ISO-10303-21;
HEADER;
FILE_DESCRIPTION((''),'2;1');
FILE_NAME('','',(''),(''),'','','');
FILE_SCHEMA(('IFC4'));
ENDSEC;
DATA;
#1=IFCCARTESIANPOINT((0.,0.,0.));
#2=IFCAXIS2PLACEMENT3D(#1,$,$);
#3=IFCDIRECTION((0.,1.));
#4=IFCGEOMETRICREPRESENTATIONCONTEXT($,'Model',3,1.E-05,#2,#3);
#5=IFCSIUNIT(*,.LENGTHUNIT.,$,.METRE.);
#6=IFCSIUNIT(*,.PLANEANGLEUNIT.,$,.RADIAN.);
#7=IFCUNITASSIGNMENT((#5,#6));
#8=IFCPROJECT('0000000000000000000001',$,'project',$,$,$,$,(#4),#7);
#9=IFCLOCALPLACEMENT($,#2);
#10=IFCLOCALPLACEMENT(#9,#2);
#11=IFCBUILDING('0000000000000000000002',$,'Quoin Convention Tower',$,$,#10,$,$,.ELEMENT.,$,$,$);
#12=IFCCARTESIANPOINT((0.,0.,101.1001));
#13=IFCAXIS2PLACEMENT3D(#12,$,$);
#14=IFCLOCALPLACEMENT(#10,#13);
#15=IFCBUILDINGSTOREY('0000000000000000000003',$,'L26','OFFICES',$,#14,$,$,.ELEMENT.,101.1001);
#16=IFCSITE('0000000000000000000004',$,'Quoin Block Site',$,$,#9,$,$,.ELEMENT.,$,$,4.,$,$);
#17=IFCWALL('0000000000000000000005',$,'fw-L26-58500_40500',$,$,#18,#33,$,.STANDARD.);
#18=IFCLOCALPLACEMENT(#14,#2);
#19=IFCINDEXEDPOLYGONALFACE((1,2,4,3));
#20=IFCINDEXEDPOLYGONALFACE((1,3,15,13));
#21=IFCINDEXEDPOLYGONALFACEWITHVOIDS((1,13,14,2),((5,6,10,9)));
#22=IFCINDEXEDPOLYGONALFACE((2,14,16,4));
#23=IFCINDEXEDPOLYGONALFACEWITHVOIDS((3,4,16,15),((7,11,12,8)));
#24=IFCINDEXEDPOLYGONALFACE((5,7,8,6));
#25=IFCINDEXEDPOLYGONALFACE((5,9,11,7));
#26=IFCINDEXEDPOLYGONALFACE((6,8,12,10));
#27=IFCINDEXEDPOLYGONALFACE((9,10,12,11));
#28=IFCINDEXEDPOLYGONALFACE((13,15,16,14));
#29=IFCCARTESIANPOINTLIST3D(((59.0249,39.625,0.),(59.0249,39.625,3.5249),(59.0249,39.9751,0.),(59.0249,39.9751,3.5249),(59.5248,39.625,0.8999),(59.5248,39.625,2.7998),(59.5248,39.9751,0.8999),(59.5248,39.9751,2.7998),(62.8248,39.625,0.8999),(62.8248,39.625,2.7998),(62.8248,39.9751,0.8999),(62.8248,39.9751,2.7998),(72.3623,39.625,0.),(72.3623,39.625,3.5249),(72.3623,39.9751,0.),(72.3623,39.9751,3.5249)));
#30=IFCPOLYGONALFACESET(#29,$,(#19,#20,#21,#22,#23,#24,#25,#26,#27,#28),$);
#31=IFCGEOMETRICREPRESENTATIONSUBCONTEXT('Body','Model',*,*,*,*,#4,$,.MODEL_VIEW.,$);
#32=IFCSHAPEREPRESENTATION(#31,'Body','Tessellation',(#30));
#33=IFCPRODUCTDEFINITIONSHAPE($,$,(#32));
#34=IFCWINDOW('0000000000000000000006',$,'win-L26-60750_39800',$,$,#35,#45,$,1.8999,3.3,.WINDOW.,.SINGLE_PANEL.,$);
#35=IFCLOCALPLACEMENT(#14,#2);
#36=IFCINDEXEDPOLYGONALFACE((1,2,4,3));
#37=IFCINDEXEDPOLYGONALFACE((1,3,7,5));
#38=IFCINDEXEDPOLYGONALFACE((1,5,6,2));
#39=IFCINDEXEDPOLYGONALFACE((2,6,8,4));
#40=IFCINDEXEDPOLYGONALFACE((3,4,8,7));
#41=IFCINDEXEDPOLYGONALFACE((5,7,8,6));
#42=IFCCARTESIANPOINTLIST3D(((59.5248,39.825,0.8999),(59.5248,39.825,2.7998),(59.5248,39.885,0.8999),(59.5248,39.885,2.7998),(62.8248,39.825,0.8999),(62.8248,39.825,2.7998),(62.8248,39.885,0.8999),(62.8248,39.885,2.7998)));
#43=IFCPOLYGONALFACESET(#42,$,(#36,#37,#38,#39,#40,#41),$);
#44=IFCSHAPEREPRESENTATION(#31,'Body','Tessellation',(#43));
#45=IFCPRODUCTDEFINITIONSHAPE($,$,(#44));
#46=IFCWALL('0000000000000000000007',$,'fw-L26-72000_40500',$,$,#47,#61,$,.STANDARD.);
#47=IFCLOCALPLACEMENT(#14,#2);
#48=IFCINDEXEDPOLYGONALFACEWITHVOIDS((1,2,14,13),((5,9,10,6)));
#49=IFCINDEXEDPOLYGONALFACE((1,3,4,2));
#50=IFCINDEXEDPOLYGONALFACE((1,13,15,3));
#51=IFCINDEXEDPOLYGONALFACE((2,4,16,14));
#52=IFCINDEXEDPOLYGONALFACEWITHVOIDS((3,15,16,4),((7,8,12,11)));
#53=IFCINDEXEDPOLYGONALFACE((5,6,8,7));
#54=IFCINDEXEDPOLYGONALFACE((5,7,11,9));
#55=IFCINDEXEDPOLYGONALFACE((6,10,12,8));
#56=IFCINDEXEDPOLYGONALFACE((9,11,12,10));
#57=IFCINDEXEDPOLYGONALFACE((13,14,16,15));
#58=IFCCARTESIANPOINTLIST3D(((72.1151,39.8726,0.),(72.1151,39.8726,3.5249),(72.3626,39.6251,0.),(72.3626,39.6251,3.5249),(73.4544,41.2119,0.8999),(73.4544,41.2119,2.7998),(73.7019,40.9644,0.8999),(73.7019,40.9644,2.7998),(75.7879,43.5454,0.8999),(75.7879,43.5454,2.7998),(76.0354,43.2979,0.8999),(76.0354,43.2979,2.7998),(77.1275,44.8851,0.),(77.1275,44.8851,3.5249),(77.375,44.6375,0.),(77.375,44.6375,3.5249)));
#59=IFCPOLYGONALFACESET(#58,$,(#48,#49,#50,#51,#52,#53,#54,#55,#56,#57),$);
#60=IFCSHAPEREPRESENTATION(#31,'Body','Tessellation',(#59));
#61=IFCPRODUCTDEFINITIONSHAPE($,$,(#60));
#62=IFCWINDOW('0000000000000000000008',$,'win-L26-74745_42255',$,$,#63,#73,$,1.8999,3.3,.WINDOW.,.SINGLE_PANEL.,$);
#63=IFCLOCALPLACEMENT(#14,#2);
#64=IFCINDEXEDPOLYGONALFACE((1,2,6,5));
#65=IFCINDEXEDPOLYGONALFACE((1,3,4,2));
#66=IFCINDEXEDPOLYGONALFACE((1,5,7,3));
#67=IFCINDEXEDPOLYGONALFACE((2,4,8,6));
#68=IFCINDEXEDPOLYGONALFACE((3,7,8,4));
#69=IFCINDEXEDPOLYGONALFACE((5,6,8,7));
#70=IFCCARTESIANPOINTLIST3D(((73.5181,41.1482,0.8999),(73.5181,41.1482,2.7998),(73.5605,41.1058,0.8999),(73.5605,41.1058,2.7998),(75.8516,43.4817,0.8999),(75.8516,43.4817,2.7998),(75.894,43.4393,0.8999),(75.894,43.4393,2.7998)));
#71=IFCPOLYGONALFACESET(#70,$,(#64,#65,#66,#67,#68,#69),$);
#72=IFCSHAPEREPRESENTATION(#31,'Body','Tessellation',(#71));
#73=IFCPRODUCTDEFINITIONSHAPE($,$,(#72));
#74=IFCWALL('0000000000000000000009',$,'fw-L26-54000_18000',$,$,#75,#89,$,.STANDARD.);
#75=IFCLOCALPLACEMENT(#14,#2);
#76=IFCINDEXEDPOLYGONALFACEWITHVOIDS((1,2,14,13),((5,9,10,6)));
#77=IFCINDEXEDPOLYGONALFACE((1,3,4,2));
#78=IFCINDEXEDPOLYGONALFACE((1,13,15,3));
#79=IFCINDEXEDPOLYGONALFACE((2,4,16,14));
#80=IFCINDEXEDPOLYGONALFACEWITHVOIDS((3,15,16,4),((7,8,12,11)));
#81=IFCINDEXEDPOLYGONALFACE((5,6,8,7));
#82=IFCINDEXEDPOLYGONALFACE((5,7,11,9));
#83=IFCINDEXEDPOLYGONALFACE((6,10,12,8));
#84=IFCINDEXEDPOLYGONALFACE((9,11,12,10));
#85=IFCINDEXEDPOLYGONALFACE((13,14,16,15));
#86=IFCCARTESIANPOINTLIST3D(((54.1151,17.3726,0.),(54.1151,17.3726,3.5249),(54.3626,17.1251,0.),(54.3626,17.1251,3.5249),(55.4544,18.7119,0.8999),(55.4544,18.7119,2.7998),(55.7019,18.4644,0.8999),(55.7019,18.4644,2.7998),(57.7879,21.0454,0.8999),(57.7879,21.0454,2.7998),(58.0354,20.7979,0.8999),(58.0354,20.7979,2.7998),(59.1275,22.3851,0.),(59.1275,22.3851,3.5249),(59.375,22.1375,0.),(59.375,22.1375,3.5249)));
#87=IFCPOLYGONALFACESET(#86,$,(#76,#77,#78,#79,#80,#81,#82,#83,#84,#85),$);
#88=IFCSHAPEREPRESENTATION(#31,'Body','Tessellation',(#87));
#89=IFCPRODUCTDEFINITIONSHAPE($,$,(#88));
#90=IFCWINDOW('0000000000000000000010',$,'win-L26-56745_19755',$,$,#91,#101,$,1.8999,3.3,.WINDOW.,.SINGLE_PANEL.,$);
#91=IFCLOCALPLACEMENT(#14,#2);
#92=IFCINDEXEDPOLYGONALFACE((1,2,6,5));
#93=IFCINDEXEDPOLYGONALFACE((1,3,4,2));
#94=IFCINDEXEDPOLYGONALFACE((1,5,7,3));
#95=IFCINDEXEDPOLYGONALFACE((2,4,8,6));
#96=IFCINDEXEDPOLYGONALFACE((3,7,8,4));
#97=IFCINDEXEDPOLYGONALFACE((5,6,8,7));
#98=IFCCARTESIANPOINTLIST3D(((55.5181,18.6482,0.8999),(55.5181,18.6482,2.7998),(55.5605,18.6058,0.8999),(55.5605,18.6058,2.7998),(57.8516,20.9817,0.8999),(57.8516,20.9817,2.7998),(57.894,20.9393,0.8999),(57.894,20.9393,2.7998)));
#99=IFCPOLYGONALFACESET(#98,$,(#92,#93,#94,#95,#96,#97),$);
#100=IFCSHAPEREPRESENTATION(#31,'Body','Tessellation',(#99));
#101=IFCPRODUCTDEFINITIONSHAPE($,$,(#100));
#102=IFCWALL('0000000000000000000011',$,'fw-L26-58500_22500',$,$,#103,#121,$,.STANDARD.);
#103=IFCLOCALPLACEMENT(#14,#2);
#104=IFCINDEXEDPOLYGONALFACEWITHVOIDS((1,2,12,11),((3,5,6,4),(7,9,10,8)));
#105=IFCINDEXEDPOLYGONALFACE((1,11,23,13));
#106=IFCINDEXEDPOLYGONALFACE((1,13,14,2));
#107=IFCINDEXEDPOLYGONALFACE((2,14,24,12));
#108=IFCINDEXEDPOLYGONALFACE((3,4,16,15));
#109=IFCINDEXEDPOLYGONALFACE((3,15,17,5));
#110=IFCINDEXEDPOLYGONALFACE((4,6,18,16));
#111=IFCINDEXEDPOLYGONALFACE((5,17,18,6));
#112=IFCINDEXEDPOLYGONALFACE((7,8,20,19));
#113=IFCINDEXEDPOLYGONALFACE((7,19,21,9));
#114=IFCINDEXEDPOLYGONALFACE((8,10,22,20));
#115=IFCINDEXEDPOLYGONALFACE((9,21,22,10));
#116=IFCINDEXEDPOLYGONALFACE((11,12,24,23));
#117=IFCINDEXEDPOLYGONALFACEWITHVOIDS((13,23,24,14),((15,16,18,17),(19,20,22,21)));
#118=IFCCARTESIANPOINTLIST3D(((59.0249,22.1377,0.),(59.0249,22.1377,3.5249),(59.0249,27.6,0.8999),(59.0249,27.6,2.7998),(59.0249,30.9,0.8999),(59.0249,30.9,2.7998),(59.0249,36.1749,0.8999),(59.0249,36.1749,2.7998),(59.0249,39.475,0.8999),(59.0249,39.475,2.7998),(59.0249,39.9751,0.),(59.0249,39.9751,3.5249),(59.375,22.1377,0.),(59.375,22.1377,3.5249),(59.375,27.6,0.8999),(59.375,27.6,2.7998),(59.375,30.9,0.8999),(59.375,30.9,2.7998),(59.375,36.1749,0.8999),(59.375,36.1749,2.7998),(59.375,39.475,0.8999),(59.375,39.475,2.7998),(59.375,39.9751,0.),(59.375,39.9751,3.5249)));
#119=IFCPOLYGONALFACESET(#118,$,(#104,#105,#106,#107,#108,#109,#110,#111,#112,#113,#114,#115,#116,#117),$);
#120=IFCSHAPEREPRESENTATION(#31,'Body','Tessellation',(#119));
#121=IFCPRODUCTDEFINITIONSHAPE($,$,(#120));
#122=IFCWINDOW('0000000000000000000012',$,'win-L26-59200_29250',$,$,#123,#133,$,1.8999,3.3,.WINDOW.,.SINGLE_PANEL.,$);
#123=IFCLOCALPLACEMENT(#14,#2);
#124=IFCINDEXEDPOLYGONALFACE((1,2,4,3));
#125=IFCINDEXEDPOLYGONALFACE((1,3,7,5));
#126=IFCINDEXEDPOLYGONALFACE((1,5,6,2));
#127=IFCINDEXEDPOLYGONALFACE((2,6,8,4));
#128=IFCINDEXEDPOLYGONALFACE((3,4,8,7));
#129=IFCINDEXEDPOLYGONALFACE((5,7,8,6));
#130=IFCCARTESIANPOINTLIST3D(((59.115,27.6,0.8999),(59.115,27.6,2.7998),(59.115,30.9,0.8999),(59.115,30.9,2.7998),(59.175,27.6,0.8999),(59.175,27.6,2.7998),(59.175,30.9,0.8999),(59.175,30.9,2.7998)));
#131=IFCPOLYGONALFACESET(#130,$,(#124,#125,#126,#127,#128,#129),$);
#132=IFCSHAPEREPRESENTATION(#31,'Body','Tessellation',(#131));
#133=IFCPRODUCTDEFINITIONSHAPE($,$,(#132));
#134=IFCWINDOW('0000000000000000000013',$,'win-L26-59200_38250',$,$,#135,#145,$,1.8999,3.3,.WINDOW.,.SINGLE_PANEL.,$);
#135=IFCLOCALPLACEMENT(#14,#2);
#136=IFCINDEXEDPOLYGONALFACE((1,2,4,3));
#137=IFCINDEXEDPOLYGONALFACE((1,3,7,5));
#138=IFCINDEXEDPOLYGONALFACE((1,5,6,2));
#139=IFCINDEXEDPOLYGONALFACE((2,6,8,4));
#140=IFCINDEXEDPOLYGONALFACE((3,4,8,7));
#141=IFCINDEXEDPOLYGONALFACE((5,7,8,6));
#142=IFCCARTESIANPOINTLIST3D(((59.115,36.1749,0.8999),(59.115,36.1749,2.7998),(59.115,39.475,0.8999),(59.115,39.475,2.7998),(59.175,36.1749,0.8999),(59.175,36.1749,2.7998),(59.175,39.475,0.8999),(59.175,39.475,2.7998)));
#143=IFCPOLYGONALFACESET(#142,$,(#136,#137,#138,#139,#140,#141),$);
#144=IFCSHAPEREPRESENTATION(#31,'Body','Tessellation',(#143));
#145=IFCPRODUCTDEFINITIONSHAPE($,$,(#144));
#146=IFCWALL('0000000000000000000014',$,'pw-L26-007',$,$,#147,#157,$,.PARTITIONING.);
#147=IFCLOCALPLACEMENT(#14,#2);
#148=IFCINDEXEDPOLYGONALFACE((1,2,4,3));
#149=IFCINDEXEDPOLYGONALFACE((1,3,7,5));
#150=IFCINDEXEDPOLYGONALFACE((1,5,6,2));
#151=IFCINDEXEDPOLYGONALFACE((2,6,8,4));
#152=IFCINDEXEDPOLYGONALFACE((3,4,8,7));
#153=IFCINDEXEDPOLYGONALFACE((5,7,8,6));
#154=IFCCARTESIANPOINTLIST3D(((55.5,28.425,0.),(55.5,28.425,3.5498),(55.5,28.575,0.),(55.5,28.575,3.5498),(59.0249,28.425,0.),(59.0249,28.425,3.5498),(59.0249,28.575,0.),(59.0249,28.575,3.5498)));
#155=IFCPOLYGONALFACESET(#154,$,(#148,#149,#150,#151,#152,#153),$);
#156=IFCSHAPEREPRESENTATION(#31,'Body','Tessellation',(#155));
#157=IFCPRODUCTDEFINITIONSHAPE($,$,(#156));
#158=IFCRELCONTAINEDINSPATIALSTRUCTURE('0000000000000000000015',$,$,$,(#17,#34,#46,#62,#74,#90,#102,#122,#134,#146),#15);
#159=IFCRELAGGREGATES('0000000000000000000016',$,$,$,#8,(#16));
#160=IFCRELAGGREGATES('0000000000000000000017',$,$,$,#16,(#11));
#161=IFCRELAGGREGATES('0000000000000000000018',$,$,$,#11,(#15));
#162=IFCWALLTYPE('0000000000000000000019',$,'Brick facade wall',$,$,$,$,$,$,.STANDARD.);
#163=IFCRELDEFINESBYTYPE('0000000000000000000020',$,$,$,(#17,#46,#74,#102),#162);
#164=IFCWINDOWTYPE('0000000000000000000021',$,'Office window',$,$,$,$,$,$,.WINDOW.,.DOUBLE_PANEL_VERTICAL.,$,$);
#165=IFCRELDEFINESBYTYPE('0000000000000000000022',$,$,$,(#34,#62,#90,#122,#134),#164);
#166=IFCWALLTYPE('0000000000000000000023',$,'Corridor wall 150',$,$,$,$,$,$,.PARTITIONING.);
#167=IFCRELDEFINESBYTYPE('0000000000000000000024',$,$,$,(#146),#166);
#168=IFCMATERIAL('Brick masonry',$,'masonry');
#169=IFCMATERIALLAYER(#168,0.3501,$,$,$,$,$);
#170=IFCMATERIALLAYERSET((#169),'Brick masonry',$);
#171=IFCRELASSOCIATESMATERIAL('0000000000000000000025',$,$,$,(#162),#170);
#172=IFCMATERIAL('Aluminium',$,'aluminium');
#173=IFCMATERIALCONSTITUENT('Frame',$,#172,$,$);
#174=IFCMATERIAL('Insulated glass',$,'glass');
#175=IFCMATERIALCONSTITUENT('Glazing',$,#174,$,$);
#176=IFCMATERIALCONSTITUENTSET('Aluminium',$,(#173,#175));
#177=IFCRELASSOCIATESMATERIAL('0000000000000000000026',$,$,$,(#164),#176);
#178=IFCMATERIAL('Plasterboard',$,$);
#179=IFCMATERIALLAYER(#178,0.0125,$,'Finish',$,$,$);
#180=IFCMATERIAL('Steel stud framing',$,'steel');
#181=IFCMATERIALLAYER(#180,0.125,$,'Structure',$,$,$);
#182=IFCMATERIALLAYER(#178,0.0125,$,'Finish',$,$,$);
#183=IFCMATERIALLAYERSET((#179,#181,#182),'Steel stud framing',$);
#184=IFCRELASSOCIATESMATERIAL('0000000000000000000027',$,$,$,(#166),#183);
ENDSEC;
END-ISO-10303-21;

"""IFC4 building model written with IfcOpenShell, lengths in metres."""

from ifc_helpers import new_model, si_unit, direction, frame, frame_2d, origin, place, context, subcontext, project, spatial, rectangle, extrude, material, layer, layer_set, constituent, constituent_set, type_object, element, fill, save


model = new_model("IFC4")

# Units and contexts
model_context = context("Model", 3, precision=1e-05, world=origin(), true_north=direction((0.0, 1.0)))
body_context = subcontext(model_context, "Body", "Model", "MODEL_VIEW")
ifc_project = project(units=[si_unit("LENGTHUNIT", "METRE"), si_unit("PLANEANGLEUNIT", "RADIAN")], contexts=[model_context])

# Site, building, storey
site_placement = place(None, origin())
site = spatial("IfcSite", under=ifc_project, at=site_placement, Name="Quoin Block Site", CompositionType="ELEMENT", RefElevation=4.0)
building_placement = place(site_placement, origin())
building = spatial("IfcBuilding", under=site, at=building_placement, Name="Quoin Convention Tower", CompositionType="ELEMENT")
storey_placement = place(building_placement, frame((0.0, 0.0, 101.1001)))
storey = spatial("IfcBuildingStorey", under=building, at=storey_placement, Name="L26", Description="OFFICES", CompositionType="ELEMENT", Elevation=101.1001)

# Shared definitions
ifc_material_1 = material(Name="Plasterboard")
ifc_material_2 = material(Name="Steel stud framing", Category="steel")

# Walls, openings, windows
ifc_material_3 = material(Name="Brick masonry", Category="masonry")
ifc_layer_1 = layer(ifc_material_3, 0.3501)
ifc_layer_set_1 = layer_set([ifc_layer_1], Name="Brick masonry")
wall_type_1 = type_object("IfcWallType", Name="Brick facade wall", PredefinedType="STANDARD", material=ifc_layer_set_1)
wall_1_placement = place(storey_placement, frame((59.0249, 39.8, 0.0), z_axis=(0.0, 0.0, 1.0), x_axis=(1.0, 0.0, 0.0)))
wall_1 = element("IfcWall", 1, at=wall_1_placement, inside=storey, type_object=wall_type_1, Name="fw-L26-58500_40500", PredefinedType="STANDARD", context=body_context, shape_type="SweptSolid", body=[
    extrude(rectangle(XDim=13.3374, YDim=0.3501, at=frame_2d((6.6687, 0.0))), origin(), (0.0, 0.0, 1.0), 3.5249),
])
opening_1_placement = place(wall_1_placement, frame((0.5, 0.0, 0.8999)))
opening_1 = element("IfcOpeningElement", 2, at=opening_1_placement, cuts=wall_1, PredefinedType="OPENING", context=body_context, shape_type="SweptSolid", body=[
    extrude(rectangle(XDim=3.3, YDim=1.8999, at=frame_2d((1.6499, 0.95))), frame((0.0, 0.1851, 0.0), z_axis=(0.0, -1.0, 0.0), x_axis=(1.0, 0.0, 0.0)), (0.0, 0.0, 1.0), 0.3701),
])
ifc_material_4 = material(Name="Aluminium", Category="aluminium")
ifc_constituent_1 = constituent(ifc_material_4, Name="Frame")
ifc_material_5 = material(Name="Insulated glass", Category="glass")
ifc_constituent_2 = constituent(ifc_material_5, Name="Glazing")
ifc_constituent_set = constituent_set(constituents=[ifc_constituent_1, ifc_constituent_2], Name="Aluminium")
window_type = type_object("IfcWindowType", Name="Office window", PartitioningType="DOUBLE_PANEL_VERTICAL", PredefinedType="WINDOW", material=ifc_constituent_set)
window_1_placement = place(opening_1_placement, origin())
window_1 = element("IfcWindow", 3, at=window_1_placement, inside=storey, type_object=window_type, Name="win-L26-60750_39800", OverallHeight=1.8999, OverallWidth=3.3, PartitioningType="SINGLE_PANEL", PredefinedType="WINDOW", context=body_context, shape_type="SweptSolid", body=[
    extrude(rectangle(XDim=3.3, YDim=1.8999, at=frame_2d((1.6499, 0.95))), frame((0.0, 0.085, 0.0), z_axis=(0.0, -1.0, 0.0), x_axis=(1.0, 0.0, 0.0)), (0.0, 0.0, 1.0), 0.0601),
])
fill(opening_1, window_1)
wall_2_placement = place(storey_placement, frame((72.2388, 39.7488, 0.0), z_axis=(0.0, 0.0, 1.0), x_axis=(0.707107, 0.707107, 0.0)))
wall_2 = element("IfcWall", 4, at=wall_2_placement, inside=storey, type_object=wall_type_1, Name="fw-L26-72000_40500", PredefinedType="STANDARD", context=body_context, shape_type="SweptSolid", body=[
    extrude(rectangle(XDim=7.0886, YDim=0.3501, at=frame_2d((3.5444, 0.0))), origin(), (0.0, 0.0, 1.0), 3.5249),
])
opening_2_placement = place(wall_2_placement, frame((1.8943, 0.0, 0.8999)))
opening_2 = element("IfcOpeningElement", 5, at=opening_2_placement, cuts=wall_2, PredefinedType="OPENING", context=body_context, shape_type="SweptSolid", body=[
    extrude(rectangle(XDim=3.3, YDim=1.8999, at=frame_2d((1.6499, 0.95))), frame((0.0, 0.1851, 0.0), z_axis=(0.0, -1.0, 0.0), x_axis=(1.0, 0.0, 0.0)), (0.0, 0.0, 1.0), 0.3701),
])
window_2_placement = place(opening_2_placement, origin())
window_2 = element("IfcWindow", 6, at=window_2_placement, inside=storey, type_object=window_type, Name="win-L26-74745_42255", OverallHeight=1.8999, OverallWidth=3.3, PartitioningType="SINGLE_PANEL", PredefinedType="WINDOW", context=body_context, shape_type="SweptSolid", body=[
    extrude(rectangle(XDim=3.3, YDim=1.8999, at=frame_2d((1.6499, 0.95))), frame((0.0, 0.085, 0.0), z_axis=(0.0, -1.0, 0.0), x_axis=(1.0, 0.0, 0.0)), (0.0, 0.0, 1.0), 0.0601),
])
fill(opening_2, window_2)
wall_3_placement = place(storey_placement, frame((54.2388, 17.2488, 0.0), z_axis=(0.0, 0.0, 1.0), x_axis=(0.707107, 0.707107, 0.0)))
wall_3 = element("IfcWall", 7, at=wall_3_placement, inside=storey, type_object=wall_type_1, Name="fw-L26-54000_18000", PredefinedType="STANDARD", context=body_context, shape_type="SweptSolid", body=[
    extrude(rectangle(XDim=7.0886, YDim=0.3501, at=frame_2d((3.5444, 0.0))), origin(), (0.0, 0.0, 1.0), 3.5249),
])
opening_3_placement = place(wall_3_placement, frame((1.8943, 0.0, 0.8999)))
opening_3 = element("IfcOpeningElement", 8, at=opening_3_placement, cuts=wall_3, PredefinedType="OPENING", context=body_context, shape_type="SweptSolid", body=[
    extrude(rectangle(XDim=3.3, YDim=1.8999, at=frame_2d((1.6499, 0.95))), frame((0.0, 0.1851, 0.0), z_axis=(0.0, -1.0, 0.0), x_axis=(1.0, 0.0, 0.0)), (0.0, 0.0, 1.0), 0.3701),
])
window_3_placement = place(opening_3_placement, origin())
window_3 = element("IfcWindow", 9, at=window_3_placement, inside=storey, type_object=window_type, Name="win-L26-56745_19755", OverallHeight=1.8999, OverallWidth=3.3, PartitioningType="SINGLE_PANEL", PredefinedType="WINDOW", context=body_context, shape_type="SweptSolid", body=[
    extrude(rectangle(XDim=3.3, YDim=1.8999, at=frame_2d((1.6499, 0.95))), frame((0.0, 0.085, 0.0), z_axis=(0.0, -1.0, 0.0), x_axis=(1.0, 0.0, 0.0)), (0.0, 0.0, 1.0), 0.0601),
])
fill(opening_3, window_3)

# Wall, openings, windows
wall_4_placement = place(storey_placement, frame((59.2, 22.1377, 0.0), z_axis=(0.0, 0.0, 1.0), x_axis=(0.0, 1.0, 0.0)))
wall_4 = element("IfcWall", 10, at=wall_4_placement, inside=storey, type_object=wall_type_1, Name="fw-L26-58500_22500", PredefinedType="STANDARD", context=body_context, shape_type="SweptSolid", body=[
    extrude(rectangle(XDim=17.8374, YDim=0.3501, at=frame_2d((8.9187, 0.0))), origin(), (0.0, 0.0, 1.0), 3.5249),
])
opening_4_placement = place(wall_4_placement, frame((5.4624, 0.0, 0.8999)))
opening_4 = element("IfcOpeningElement", 11, at=opening_4_placement, cuts=wall_4, PredefinedType="OPENING", context=body_context, shape_type="SweptSolid", body=[
    extrude(rectangle(XDim=3.3, YDim=1.8999, at=frame_2d((1.6499, 0.95))), frame((0.0, 0.1851, 0.0), z_axis=(0.0, -1.0, 0.0), x_axis=(1.0, 0.0, 0.0)), (0.0, 0.0, 1.0), 0.3701),
])
opening_5_placement = place(wall_4_placement, frame((14.0374, 0.0, 0.8999)))
opening_5 = element("IfcOpeningElement", 12, at=opening_5_placement, cuts=wall_4, PredefinedType="OPENING", context=body_context, shape_type="SweptSolid", body=[
    extrude(rectangle(XDim=3.3, YDim=1.8999, at=frame_2d((1.6499, 0.95))), frame((0.0, 0.1851, 0.0), z_axis=(0.0, -1.0, 0.0), x_axis=(1.0, 0.0, 0.0)), (0.0, 0.0, 1.0), 0.3701),
])
window_4_placement = place(opening_4_placement, origin())
window_4 = element("IfcWindow", 13, at=window_4_placement, inside=storey, type_object=window_type, Name="win-L26-59200_29250", OverallHeight=1.8999, OverallWidth=3.3, PartitioningType="SINGLE_PANEL", PredefinedType="WINDOW", context=body_context, shape_type="SweptSolid", body=[
    extrude(rectangle(XDim=3.3, YDim=1.8999, at=frame_2d((1.6499, 0.95))), frame((0.0, 0.085, 0.0), z_axis=(0.0, -1.0, 0.0), x_axis=(1.0, 0.0, 0.0)), (0.0, 0.0, 1.0), 0.0601),
])
fill(opening_4, window_4)
window_5_placement = place(opening_5_placement, origin())
window_5 = element("IfcWindow", 14, at=window_5_placement, inside=storey, type_object=window_type, Name="win-L26-59200_38250", OverallHeight=1.8999, OverallWidth=3.3, PartitioningType="SINGLE_PANEL", PredefinedType="WINDOW", context=body_context, shape_type="SweptSolid", body=[
    extrude(rectangle(XDim=3.3, YDim=1.8999, at=frame_2d((1.6499, 0.95))), frame((0.0, 0.085, 0.0), z_axis=(0.0, -1.0, 0.0), x_axis=(1.0, 0.0, 0.0)), (0.0, 0.0, 1.0), 0.0601),
])
fill(opening_5, window_5)

# Wall
ifc_layer_2 = layer(ifc_material_1, 0.0125, Name="Finish")
ifc_layer_3 = layer(ifc_material_2, 0.125, Name="Structure")
ifc_layer_4 = layer(ifc_material_1, 0.0125, Name="Finish")
ifc_layer_set_2 = layer_set([ifc_layer_2, ifc_layer_3, ifc_layer_4], Name="Steel stud framing")
wall_type_2 = type_object("IfcWallType", Name="Corridor wall 150", PredefinedType="PARTITIONING", material=ifc_layer_set_2)
wall_5_placement = place(storey_placement, frame((55.5, 28.5, 0.0), z_axis=(0.0, 0.0, 1.0), x_axis=(1.0, 0.0, 0.0)))
element("IfcWall", 15, at=wall_5_placement, inside=storey, type_object=wall_type_2, Name="pw-L26-007", PredefinedType="PARTITIONING", context=body_context, shape_type="SweptSolid", body=[
    extrude(rectangle(XDim=3.5249, YDim=0.1499, at=frame_2d((1.7625, 0.0))), origin(), (0.0, 0.0, 1.0), 3.5498),
])

save(model, "model.ifc")
